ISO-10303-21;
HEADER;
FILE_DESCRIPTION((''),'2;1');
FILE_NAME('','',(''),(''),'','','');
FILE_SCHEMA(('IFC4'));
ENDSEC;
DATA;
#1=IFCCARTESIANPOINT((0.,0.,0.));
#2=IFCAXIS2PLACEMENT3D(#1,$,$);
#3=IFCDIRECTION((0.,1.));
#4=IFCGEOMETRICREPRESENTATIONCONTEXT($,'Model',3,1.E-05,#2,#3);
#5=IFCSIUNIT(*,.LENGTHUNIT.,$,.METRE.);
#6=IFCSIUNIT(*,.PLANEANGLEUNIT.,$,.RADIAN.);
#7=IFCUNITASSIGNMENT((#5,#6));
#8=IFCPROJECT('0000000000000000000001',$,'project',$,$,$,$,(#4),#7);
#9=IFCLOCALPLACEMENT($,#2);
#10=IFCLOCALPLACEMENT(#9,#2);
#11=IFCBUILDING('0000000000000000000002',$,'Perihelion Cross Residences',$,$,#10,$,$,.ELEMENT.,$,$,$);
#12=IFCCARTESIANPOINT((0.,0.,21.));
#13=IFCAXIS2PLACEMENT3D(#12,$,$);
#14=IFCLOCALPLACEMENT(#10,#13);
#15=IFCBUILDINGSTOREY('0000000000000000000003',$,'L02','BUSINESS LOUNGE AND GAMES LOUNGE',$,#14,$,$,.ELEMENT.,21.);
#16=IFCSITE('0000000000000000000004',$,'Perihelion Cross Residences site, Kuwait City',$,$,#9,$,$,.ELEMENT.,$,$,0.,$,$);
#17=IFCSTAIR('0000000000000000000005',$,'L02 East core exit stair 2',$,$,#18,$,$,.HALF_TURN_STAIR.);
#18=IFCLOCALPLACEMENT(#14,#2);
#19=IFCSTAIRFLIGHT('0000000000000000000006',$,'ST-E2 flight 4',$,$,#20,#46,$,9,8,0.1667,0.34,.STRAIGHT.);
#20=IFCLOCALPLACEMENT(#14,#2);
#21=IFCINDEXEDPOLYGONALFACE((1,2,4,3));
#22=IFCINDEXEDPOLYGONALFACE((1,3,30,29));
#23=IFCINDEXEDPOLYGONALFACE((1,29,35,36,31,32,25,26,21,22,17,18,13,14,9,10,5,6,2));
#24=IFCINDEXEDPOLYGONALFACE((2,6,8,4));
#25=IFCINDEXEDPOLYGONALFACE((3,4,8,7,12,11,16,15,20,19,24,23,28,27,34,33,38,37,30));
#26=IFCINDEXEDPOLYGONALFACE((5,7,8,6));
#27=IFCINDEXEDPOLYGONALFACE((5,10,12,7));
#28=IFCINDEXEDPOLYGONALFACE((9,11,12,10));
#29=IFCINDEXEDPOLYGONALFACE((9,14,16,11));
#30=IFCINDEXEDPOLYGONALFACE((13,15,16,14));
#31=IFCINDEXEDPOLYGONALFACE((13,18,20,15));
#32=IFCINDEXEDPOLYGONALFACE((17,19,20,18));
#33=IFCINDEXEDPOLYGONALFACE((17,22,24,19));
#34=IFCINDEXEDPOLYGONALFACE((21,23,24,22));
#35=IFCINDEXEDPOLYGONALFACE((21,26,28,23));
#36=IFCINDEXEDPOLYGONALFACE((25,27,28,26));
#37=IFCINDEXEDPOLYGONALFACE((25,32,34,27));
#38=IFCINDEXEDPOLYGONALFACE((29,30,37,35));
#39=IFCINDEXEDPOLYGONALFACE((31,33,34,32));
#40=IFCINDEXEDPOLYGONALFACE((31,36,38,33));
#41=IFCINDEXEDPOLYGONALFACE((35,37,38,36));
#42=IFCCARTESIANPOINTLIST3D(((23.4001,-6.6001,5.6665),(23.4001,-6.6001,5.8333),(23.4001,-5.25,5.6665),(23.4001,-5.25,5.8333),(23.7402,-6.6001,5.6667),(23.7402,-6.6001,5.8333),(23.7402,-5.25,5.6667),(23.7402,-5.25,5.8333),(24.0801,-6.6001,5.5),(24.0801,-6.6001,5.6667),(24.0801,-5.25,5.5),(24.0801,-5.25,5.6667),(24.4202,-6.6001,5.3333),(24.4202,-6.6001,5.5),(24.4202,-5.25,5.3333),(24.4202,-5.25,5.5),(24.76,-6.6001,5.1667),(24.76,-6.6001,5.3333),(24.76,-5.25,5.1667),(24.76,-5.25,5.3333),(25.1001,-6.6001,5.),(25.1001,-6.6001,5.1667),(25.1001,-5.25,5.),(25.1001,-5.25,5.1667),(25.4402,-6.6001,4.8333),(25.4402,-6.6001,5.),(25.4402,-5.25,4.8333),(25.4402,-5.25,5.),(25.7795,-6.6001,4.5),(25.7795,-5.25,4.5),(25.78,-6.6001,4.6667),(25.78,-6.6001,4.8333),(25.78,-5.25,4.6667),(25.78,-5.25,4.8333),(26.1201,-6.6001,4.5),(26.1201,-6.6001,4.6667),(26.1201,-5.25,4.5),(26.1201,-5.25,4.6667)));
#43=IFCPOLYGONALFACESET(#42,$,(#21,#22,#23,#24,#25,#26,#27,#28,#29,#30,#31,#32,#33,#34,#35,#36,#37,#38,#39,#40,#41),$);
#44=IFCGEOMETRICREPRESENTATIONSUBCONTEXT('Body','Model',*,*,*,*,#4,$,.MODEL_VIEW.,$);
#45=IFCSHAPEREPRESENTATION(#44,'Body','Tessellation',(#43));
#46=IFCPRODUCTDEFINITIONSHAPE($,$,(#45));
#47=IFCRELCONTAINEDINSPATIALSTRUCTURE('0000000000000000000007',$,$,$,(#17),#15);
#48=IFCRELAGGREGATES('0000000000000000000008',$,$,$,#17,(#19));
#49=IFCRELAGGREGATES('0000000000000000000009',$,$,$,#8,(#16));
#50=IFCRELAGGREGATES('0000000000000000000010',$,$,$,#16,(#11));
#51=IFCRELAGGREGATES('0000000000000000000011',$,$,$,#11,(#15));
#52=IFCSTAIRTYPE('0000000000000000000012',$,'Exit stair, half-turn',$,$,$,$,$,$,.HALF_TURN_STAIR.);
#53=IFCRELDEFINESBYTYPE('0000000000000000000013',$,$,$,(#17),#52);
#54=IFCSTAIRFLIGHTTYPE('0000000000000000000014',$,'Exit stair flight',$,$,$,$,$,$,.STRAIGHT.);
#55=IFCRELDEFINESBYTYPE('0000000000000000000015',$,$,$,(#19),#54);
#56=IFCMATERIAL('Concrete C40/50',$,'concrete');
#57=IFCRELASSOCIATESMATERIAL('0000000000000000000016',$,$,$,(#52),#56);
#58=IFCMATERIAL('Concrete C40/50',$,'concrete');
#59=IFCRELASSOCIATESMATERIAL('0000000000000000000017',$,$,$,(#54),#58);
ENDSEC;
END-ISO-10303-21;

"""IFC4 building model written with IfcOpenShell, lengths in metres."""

from ifc_helpers import new_model, si_unit, direction, frame, origin, place, context, subcontext, project, spatial, polyline, outline, extrude, material, type_object, element, aggregate, save


model = new_model("IFC4")

# Units and contexts
model_context = context("Model", 3, precision=1e-05, world=origin(), true_north=direction((0.0, 1.0)))
body_context = subcontext(model_context, "Body", "Model", "MODEL_VIEW")
ifc_project = project(units=[si_unit("LENGTHUNIT", "METRE"), si_unit("PLANEANGLEUNIT", "RADIAN")], contexts=[model_context])

# Site, building, storey
site_placement = place(None, origin())
site = spatial("IfcSite", under=ifc_project, at=site_placement, Name="Perihelion Cross Residences site, Kuwait City", CompositionType="ELEMENT", RefElevation=0.0)
building_placement = place(site_placement, origin())
building = spatial("IfcBuilding", under=site, at=building_placement, Name="Perihelion Cross Residences", CompositionType="ELEMENT")
storey_placement = place(building_placement, frame((0.0, 0.0, 21.0)))
storey = spatial("IfcBuildingStorey", under=building, at=storey_placement, Name="L02", Description="BUSINESS LOUNGE AND GAMES LOUNGE", CompositionType="ELEMENT", Elevation=21.0)

# Stair, stair flight
ifc_material_1 = material(Name="Concrete C40/50", Category="concrete")
stair_type = type_object("IfcStairType", Name="Exit stair, half-turn", PredefinedType="HALF_TURN_STAIR", material=ifc_material_1)
stair_placement = place(storey_placement, origin())
stair = element("IfcStair", 1, at=stair_placement, inside=storey, type_object=stair_type, Name="L02 East core exit stair 2", PredefinedType="HALF_TURN_STAIR")
ifc_material_2 = material(Name="Concrete C40/50", Category="concrete")
stair_flight_type = type_object("IfcStairFlightType", Name="Exit stair flight", PredefinedType="STRAIGHT", material=ifc_material_2)
stair_flight_1_placement = place(storey_placement, frame((26.1201, -5.925, 4.5), z_axis=(0.0, 0.0, 1.0), x_axis=(-1.0, 0.0, 0.0)))
stair_flight_1 = element("IfcStairFlight", 2, at=stair_flight_1_placement, type_object=stair_flight_type, Name="ST-E2 flight 4", NumberOfRisers=9, NumberOfTreads=8, PredefinedType="STRAIGHT", RiserHeight=0.1667, TreadLength=0.34, context=body_context, shape_type="SweptSolid", body=[
    extrude(outline(polyline([(0.0, 0.0), (0.0, 0.1667), (0.3401, 0.1667), (0.3401, 0.3333), (0.6799, 0.3333), (0.6799, 0.5), (1.02, 0.5), (1.02, 0.6667), (1.3601, 0.6667), (1.3601, 0.8333), (1.7, 0.8333), (1.7, 1.0), (2.04, 1.0), (2.04, 1.1667), (2.3799, 1.1667), (2.3799, 1.3333), (2.72, 1.3333), (2.72, 1.5), (2.72, 1.1665), (0.3406, 0.0), (0.0, 0.0)])), frame((0.0, 0.675, 0.0), z_axis=(0.0, -1.0, 0.0), x_axis=(1.0, 0.0, 0.0)), (0.0, 0.0, 1.0), 1.3501),
])
aggregate(stair, [stair_flight_1])

save(model, "model.ifc")
